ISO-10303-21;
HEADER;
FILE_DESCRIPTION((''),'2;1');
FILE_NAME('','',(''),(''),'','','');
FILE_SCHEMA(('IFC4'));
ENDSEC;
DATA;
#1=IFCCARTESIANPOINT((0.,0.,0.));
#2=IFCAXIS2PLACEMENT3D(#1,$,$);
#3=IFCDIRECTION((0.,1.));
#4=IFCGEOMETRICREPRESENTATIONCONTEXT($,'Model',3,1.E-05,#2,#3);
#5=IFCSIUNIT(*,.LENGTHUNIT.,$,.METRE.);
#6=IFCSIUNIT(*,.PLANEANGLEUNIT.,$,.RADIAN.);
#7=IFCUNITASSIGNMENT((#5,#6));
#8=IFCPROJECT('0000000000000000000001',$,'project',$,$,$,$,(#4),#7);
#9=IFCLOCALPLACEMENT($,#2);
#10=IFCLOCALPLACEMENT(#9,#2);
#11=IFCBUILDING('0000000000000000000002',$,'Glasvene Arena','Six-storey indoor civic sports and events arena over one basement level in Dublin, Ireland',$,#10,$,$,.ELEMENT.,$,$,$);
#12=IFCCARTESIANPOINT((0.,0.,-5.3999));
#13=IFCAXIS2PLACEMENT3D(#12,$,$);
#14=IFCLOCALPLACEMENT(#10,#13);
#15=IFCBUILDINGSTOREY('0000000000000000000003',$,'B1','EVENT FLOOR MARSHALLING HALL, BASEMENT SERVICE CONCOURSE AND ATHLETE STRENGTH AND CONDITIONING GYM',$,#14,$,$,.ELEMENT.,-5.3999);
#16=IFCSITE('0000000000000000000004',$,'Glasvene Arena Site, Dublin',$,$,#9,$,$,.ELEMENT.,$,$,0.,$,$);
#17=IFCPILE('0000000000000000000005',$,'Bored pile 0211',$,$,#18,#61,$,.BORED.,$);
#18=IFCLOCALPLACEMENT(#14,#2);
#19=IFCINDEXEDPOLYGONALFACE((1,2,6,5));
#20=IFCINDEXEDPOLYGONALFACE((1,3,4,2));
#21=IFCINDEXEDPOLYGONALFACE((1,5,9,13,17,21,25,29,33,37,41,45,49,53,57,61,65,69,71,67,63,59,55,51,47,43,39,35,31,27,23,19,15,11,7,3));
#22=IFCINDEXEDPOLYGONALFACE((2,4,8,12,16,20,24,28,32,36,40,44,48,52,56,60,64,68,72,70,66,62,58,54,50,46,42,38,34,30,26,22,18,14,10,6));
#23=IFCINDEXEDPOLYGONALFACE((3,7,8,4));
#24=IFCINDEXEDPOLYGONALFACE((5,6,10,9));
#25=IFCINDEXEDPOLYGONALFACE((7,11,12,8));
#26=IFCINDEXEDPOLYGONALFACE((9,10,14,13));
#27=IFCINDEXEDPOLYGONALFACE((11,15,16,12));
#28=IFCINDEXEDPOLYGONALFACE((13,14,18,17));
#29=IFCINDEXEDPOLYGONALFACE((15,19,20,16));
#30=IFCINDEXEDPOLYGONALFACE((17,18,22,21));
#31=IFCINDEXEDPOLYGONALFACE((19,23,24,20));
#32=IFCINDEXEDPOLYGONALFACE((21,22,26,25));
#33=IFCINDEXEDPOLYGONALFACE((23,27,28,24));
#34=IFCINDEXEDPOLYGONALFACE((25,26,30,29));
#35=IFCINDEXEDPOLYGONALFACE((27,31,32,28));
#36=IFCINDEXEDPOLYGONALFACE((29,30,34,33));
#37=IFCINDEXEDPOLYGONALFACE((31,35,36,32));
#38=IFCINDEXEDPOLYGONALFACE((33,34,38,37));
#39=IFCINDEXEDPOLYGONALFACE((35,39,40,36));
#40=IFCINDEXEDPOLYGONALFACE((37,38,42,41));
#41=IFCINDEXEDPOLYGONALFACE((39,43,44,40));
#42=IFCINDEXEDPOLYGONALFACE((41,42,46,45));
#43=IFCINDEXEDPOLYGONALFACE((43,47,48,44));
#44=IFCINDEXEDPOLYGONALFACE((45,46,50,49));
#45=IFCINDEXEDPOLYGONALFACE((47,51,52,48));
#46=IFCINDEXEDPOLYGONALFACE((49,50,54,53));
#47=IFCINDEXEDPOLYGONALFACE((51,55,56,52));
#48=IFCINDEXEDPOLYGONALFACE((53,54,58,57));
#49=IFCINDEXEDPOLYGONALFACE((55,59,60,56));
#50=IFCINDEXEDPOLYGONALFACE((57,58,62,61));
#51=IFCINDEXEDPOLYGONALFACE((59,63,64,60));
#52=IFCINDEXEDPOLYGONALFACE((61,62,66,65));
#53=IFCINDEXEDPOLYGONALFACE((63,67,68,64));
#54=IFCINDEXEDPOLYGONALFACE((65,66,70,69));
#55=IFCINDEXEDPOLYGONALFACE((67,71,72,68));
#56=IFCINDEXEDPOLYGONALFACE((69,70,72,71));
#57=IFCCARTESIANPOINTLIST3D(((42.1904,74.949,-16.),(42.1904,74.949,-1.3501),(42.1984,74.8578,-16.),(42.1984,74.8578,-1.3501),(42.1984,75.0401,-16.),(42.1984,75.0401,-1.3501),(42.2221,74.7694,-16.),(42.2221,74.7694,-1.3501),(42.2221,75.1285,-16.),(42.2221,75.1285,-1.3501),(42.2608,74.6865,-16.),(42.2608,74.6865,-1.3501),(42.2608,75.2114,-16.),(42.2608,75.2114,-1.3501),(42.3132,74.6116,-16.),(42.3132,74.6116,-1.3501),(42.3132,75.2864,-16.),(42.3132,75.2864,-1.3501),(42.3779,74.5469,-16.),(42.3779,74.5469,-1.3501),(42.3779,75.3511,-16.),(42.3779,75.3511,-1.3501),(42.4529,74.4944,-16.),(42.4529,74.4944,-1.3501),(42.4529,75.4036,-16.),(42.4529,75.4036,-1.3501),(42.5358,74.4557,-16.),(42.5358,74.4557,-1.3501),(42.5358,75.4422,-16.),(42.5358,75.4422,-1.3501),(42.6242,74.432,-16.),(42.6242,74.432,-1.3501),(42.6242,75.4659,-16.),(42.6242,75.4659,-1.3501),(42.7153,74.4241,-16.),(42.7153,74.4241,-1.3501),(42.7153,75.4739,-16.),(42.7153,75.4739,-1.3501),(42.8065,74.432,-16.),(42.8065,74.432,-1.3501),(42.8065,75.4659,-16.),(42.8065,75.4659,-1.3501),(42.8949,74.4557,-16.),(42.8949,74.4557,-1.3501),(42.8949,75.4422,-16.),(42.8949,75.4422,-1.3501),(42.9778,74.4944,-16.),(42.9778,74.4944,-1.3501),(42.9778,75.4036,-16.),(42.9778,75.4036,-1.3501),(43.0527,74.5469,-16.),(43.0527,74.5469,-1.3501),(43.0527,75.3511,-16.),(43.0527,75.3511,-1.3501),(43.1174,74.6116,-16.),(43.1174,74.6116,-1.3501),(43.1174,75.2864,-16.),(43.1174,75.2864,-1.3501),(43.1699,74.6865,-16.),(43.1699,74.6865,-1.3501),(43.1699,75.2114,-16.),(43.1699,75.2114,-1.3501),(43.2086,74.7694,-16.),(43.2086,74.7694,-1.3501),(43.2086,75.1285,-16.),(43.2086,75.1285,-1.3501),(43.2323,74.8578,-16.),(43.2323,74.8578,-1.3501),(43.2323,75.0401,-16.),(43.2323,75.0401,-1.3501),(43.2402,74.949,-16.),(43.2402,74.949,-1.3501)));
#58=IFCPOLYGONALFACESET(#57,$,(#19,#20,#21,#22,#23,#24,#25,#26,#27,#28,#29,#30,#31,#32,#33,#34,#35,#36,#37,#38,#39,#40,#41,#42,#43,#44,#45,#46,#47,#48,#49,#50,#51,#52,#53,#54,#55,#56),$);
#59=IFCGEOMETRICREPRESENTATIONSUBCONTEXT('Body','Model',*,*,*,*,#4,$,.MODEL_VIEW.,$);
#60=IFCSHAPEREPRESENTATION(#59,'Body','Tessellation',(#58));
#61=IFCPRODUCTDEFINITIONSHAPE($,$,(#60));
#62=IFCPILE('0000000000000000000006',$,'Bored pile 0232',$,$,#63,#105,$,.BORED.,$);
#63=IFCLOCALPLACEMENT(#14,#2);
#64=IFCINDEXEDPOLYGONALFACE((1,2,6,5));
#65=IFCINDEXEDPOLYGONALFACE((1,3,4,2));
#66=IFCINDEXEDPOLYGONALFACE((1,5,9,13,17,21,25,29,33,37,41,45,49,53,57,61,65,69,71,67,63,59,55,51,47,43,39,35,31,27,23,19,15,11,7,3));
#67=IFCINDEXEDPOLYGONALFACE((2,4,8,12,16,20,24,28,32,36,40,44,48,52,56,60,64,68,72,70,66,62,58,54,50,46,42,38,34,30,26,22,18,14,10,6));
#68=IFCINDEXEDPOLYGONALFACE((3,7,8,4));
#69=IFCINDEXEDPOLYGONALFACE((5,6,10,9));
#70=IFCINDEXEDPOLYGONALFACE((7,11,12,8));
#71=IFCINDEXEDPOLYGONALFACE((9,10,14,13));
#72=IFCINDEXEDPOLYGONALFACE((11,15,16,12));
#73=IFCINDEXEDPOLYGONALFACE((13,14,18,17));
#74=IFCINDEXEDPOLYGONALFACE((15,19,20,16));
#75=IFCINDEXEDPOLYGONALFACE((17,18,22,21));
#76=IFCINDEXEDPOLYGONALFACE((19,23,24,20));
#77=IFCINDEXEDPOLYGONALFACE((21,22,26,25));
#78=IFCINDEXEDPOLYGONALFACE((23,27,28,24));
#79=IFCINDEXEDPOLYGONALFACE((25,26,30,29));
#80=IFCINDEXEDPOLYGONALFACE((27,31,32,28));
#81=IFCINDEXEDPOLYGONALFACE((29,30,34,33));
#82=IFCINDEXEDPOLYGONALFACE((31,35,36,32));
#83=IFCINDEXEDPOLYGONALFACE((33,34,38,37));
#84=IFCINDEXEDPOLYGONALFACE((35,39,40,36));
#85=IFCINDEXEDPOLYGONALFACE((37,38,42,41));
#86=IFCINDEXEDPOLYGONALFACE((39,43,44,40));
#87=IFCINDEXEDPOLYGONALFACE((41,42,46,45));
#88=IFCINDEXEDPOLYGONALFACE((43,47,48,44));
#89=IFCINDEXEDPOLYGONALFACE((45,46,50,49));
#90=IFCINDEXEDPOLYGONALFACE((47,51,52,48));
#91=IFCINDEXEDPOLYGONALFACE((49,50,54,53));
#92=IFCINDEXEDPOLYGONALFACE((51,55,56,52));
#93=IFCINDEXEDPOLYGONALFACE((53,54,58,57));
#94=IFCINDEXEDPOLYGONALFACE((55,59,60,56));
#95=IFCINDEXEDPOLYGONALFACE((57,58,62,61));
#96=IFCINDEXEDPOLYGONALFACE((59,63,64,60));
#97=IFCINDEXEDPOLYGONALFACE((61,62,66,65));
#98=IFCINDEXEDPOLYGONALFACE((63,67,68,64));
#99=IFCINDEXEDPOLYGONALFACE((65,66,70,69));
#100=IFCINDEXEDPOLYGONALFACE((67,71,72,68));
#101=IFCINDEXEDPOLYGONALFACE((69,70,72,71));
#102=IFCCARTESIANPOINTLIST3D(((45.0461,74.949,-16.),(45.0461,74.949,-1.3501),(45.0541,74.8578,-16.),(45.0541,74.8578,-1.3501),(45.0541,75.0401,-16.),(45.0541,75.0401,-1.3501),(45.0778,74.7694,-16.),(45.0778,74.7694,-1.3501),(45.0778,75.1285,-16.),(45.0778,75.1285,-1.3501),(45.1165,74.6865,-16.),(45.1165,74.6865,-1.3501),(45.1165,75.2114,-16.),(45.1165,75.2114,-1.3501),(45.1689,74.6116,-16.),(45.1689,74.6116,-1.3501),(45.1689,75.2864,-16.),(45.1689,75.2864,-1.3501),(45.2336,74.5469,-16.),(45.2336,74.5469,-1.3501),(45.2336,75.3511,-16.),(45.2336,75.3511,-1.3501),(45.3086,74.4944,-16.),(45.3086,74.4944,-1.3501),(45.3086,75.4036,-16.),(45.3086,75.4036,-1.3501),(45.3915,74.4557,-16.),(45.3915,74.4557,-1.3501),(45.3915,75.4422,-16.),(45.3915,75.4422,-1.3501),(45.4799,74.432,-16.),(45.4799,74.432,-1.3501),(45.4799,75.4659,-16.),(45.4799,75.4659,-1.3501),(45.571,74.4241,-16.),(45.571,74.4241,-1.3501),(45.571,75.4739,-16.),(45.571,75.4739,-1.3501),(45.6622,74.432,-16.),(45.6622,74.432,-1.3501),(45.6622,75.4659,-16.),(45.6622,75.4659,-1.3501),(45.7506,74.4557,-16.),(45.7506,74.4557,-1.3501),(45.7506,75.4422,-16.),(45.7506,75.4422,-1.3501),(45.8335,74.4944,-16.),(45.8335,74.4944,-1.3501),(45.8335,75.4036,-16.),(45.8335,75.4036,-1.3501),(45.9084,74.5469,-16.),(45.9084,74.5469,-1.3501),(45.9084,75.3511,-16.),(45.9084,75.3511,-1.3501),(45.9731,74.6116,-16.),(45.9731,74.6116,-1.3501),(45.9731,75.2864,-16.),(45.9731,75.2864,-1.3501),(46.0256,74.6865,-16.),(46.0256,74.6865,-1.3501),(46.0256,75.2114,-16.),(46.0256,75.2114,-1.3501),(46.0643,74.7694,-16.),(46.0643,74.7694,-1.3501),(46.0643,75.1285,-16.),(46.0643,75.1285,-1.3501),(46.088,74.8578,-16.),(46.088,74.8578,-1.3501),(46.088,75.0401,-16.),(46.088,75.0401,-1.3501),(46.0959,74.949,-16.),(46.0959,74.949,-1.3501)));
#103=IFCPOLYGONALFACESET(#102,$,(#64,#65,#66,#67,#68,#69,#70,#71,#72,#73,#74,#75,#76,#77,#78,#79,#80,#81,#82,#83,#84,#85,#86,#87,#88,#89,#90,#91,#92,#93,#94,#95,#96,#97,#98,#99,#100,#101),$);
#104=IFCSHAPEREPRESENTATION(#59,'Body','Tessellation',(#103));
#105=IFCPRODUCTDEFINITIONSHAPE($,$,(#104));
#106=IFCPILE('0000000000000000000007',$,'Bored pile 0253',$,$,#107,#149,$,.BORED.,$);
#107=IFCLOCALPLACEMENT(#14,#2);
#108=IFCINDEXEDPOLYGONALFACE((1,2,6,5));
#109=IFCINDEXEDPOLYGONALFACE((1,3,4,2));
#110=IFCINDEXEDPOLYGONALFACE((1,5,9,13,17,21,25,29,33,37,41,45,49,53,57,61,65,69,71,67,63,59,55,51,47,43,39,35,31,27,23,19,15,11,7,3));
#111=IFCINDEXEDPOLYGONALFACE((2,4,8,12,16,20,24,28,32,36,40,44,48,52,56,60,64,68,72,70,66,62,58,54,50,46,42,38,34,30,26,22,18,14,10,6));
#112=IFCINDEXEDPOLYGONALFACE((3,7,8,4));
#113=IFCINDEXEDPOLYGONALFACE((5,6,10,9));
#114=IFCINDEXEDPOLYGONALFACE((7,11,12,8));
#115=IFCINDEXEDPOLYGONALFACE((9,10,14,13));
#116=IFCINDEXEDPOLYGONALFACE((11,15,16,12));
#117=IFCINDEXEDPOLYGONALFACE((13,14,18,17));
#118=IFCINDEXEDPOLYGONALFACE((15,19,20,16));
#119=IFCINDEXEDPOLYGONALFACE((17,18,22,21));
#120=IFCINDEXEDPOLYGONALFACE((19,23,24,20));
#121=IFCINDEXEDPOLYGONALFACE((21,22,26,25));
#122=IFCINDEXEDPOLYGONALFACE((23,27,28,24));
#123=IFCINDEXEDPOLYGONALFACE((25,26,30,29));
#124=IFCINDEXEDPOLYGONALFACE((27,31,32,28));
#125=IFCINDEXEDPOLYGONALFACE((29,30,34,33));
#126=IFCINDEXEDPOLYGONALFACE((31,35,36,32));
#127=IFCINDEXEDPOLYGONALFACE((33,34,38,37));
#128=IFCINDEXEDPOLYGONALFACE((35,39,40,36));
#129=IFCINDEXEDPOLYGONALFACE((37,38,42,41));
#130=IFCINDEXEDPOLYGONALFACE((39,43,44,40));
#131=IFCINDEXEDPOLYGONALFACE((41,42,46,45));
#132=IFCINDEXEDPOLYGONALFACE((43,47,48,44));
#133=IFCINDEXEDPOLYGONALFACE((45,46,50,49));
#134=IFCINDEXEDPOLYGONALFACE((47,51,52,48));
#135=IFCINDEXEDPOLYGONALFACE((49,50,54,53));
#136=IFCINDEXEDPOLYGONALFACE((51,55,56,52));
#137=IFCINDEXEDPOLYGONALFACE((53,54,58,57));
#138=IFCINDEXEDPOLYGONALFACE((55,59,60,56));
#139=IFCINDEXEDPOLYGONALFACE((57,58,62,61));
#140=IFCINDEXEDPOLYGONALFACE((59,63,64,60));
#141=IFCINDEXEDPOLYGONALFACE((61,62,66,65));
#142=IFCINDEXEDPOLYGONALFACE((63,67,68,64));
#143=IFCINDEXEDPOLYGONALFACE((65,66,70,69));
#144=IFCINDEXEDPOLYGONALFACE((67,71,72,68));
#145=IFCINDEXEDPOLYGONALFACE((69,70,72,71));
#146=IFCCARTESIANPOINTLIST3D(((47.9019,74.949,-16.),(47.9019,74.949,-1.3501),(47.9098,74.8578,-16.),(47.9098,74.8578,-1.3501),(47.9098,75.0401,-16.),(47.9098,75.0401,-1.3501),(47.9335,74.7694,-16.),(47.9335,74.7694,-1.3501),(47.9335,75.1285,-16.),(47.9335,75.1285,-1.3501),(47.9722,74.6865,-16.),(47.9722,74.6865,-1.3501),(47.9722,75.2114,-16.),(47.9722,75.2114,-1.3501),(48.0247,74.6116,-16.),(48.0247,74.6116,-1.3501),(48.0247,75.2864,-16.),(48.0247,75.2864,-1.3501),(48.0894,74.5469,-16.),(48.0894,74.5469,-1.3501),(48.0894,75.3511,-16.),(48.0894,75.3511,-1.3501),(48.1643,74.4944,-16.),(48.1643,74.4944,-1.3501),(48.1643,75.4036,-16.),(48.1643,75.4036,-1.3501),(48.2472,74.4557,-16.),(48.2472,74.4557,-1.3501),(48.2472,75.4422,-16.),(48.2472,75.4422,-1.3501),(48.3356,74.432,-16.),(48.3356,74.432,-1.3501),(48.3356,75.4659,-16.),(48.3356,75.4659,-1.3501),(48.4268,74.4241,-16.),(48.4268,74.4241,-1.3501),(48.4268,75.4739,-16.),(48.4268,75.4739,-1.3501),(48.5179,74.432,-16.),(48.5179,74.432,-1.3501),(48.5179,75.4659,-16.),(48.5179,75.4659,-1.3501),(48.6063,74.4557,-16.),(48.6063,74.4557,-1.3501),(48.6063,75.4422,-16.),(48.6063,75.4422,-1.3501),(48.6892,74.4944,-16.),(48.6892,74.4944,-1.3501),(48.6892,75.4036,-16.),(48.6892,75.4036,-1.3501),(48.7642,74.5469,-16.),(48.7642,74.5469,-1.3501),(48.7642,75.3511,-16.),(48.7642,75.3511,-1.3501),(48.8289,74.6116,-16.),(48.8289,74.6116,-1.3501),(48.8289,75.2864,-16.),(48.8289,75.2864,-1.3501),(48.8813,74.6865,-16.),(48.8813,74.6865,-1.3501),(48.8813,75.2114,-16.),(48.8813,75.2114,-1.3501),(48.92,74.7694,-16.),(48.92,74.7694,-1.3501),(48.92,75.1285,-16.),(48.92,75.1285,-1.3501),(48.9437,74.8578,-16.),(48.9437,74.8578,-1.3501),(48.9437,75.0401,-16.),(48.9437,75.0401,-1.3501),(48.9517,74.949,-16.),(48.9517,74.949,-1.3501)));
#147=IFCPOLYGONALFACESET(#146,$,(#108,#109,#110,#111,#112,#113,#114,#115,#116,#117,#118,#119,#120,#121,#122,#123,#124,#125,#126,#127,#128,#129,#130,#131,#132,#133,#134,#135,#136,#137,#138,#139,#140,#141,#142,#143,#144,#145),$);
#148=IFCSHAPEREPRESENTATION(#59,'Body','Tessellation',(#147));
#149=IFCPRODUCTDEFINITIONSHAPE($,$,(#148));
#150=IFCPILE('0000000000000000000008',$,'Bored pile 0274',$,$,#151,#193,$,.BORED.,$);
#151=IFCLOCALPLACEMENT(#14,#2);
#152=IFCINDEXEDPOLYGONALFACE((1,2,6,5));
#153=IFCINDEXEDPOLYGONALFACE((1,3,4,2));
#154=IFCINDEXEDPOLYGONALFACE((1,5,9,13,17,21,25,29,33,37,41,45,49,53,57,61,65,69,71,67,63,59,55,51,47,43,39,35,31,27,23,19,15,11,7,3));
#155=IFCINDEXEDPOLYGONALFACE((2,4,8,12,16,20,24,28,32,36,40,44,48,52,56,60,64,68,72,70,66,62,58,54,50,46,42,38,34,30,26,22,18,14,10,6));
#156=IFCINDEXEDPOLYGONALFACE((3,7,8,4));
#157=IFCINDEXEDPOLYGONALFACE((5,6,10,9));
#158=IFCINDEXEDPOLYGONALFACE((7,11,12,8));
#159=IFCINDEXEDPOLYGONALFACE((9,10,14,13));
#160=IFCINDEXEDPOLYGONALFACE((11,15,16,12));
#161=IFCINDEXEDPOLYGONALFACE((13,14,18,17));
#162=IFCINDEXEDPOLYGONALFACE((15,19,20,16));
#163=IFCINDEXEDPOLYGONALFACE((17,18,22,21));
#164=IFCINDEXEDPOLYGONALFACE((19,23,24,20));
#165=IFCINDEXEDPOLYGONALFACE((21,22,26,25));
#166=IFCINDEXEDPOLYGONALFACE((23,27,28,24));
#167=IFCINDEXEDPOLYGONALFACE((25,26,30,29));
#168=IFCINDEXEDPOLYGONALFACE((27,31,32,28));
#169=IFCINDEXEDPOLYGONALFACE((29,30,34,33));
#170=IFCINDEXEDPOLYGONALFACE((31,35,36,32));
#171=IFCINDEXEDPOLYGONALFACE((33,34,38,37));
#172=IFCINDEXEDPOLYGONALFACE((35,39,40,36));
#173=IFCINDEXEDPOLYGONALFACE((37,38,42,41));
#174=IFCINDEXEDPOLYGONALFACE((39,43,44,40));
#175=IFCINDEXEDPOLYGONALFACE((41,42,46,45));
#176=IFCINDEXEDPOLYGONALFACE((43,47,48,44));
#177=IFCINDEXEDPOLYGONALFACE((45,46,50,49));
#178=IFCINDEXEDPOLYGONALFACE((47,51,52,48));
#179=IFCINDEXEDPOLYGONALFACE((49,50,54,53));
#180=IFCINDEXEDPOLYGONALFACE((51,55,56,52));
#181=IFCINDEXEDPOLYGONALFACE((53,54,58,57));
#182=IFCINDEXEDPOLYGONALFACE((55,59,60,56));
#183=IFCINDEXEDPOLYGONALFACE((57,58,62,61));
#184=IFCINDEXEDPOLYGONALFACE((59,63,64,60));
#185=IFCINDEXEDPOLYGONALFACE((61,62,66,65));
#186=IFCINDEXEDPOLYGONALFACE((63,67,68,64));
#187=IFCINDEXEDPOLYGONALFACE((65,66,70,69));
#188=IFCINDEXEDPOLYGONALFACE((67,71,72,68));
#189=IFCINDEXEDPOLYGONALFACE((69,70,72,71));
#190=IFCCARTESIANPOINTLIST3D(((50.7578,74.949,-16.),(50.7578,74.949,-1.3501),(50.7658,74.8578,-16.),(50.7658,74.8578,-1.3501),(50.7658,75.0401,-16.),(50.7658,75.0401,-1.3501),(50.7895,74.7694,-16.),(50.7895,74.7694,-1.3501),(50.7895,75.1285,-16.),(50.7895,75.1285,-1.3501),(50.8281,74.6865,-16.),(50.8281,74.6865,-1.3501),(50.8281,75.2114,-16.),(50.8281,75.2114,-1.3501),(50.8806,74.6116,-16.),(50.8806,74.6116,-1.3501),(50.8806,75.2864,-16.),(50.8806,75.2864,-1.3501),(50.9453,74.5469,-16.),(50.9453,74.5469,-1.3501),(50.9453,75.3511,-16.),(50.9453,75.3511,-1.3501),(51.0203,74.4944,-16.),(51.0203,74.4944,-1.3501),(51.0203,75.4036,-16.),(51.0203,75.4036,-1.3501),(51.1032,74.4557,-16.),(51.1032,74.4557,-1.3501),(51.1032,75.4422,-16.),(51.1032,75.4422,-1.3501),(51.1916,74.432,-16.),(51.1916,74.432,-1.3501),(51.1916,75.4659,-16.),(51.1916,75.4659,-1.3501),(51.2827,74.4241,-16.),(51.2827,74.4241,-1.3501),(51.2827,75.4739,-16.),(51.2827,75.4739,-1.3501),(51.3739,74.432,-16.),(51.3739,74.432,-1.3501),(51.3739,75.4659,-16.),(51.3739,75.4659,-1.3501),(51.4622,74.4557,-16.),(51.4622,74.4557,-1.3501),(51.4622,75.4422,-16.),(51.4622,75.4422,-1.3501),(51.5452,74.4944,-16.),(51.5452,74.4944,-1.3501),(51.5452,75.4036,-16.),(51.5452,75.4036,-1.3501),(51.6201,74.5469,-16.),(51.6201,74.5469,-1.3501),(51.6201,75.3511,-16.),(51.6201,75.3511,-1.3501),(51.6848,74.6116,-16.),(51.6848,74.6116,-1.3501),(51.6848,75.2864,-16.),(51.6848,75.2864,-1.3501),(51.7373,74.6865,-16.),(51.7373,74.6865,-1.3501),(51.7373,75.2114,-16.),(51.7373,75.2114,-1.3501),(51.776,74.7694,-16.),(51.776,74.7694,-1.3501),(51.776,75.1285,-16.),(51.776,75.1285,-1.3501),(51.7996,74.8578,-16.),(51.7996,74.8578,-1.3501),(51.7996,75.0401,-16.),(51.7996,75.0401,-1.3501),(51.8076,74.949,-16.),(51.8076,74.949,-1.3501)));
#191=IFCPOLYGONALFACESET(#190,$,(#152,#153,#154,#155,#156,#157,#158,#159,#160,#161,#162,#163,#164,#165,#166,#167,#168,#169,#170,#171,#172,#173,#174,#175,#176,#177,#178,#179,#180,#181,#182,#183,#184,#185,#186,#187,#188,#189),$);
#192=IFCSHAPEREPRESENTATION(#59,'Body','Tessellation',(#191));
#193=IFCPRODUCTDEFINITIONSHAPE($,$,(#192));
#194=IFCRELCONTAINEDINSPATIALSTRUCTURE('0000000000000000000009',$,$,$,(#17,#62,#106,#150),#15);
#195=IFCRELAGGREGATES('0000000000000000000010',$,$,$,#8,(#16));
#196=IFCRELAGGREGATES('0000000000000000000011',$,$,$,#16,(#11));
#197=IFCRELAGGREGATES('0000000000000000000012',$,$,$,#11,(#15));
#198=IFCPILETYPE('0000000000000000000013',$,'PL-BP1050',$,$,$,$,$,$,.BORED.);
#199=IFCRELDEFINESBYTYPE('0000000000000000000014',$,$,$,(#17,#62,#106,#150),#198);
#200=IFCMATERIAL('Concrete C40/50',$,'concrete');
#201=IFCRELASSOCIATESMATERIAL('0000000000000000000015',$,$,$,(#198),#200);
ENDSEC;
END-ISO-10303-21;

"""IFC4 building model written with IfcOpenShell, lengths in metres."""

from ifc_helpers import new_model, si_unit, direction, frame, origin, origin_2d, place, context, subcontext, project, spatial, circle, extrude, material, material_profile, profile_set, type_object, element, save


model = new_model("IFC4")

# Units and contexts
model_context = context("Model", 3, precision=1e-05, world=origin(), true_north=direction((0.0, 1.0)))
body_context = subcontext(model_context, "Body", "Model", "MODEL_VIEW")
ifc_project = project(units=[si_unit("LENGTHUNIT", "METRE"), si_unit("PLANEANGLEUNIT", "RADIAN")], contexts=[model_context])

# Site, building, storey
site_placement = place(None, origin())
site = spatial("IfcSite", under=ifc_project, at=site_placement, Name="Glasvene Arena Site, Dublin", CompositionType="ELEMENT", RefElevation=0.0)
building_placement = place(site_placement, origin())
building = spatial("IfcBuilding", under=site, at=building_placement, Name="Glasvene Arena", Description="Six-storey indoor civic sports and events arena over one basement level in Dublin, Ireland", CompositionType="ELEMENT")
storey_placement = place(building_placement, frame((0.0, 0.0, -5.3999)))
storey = spatial("IfcBuildingStorey", under=building, at=storey_placement, Name="B1", Description="EVENT FLOOR MARSHALLING HALL, BASEMENT SERVICE CONCOURSE AND ATHLETE STRENGTH AND CONDITIONING GYM", CompositionType="ELEMENT", Elevation=-5.3999)

# Piles
ifc_material_1 = material(Name="Concrete C40/50", Category="concrete")
ifc_material_profile_1 = material_profile(ifc_material_1, circle(Radius=0.5249, at=origin_2d()), Name="BORED PILE 1050")
ifc_profile_set_1 = profile_set([ifc_material_profile_1], Name="Concrete C40/50")
pile_type = type_object("IfcPileType", Name="PL-BP1050", PredefinedType="BORED", material=ifc_profile_set_1)
for number, where, z_axis, x_axis, name in (
    (1, (42.7153, 74.949, -1.3501), (0.0, 0.0, -1.0), (1.0, 0.0, 0.0), "Bored pile 0211"),
    (2, (45.571, 74.949, -1.3501), (0.0, 0.0, -1.0), (1.0, 0.0, 0.0), "Bored pile 0232"),
    (3, (48.4268, 74.949, -1.3501), (0.0, 0.0, -1.0), (1.0, 0.0, 0.0), "Bored pile 0253"),
    (4, (51.2827, 74.949, -1.3501), (0.0, 0.0, -1.0), (1.0, 0.0, 0.0), "Bored pile 0274"),
):
    element("IfcPile", number, at=place(storey_placement, frame(where, z_axis=z_axis, x_axis=x_axis)), inside=storey, type_object=pile_type, Name=name, PredefinedType="BORED", context=body_context, shape_type="SweptSolid", body=[
        extrude(circle(Radius=0.5249, at=origin_2d()), origin(), (0.0, 0.0, 1.0), 14.6499),
    ])

save(model, "model.ifc")
